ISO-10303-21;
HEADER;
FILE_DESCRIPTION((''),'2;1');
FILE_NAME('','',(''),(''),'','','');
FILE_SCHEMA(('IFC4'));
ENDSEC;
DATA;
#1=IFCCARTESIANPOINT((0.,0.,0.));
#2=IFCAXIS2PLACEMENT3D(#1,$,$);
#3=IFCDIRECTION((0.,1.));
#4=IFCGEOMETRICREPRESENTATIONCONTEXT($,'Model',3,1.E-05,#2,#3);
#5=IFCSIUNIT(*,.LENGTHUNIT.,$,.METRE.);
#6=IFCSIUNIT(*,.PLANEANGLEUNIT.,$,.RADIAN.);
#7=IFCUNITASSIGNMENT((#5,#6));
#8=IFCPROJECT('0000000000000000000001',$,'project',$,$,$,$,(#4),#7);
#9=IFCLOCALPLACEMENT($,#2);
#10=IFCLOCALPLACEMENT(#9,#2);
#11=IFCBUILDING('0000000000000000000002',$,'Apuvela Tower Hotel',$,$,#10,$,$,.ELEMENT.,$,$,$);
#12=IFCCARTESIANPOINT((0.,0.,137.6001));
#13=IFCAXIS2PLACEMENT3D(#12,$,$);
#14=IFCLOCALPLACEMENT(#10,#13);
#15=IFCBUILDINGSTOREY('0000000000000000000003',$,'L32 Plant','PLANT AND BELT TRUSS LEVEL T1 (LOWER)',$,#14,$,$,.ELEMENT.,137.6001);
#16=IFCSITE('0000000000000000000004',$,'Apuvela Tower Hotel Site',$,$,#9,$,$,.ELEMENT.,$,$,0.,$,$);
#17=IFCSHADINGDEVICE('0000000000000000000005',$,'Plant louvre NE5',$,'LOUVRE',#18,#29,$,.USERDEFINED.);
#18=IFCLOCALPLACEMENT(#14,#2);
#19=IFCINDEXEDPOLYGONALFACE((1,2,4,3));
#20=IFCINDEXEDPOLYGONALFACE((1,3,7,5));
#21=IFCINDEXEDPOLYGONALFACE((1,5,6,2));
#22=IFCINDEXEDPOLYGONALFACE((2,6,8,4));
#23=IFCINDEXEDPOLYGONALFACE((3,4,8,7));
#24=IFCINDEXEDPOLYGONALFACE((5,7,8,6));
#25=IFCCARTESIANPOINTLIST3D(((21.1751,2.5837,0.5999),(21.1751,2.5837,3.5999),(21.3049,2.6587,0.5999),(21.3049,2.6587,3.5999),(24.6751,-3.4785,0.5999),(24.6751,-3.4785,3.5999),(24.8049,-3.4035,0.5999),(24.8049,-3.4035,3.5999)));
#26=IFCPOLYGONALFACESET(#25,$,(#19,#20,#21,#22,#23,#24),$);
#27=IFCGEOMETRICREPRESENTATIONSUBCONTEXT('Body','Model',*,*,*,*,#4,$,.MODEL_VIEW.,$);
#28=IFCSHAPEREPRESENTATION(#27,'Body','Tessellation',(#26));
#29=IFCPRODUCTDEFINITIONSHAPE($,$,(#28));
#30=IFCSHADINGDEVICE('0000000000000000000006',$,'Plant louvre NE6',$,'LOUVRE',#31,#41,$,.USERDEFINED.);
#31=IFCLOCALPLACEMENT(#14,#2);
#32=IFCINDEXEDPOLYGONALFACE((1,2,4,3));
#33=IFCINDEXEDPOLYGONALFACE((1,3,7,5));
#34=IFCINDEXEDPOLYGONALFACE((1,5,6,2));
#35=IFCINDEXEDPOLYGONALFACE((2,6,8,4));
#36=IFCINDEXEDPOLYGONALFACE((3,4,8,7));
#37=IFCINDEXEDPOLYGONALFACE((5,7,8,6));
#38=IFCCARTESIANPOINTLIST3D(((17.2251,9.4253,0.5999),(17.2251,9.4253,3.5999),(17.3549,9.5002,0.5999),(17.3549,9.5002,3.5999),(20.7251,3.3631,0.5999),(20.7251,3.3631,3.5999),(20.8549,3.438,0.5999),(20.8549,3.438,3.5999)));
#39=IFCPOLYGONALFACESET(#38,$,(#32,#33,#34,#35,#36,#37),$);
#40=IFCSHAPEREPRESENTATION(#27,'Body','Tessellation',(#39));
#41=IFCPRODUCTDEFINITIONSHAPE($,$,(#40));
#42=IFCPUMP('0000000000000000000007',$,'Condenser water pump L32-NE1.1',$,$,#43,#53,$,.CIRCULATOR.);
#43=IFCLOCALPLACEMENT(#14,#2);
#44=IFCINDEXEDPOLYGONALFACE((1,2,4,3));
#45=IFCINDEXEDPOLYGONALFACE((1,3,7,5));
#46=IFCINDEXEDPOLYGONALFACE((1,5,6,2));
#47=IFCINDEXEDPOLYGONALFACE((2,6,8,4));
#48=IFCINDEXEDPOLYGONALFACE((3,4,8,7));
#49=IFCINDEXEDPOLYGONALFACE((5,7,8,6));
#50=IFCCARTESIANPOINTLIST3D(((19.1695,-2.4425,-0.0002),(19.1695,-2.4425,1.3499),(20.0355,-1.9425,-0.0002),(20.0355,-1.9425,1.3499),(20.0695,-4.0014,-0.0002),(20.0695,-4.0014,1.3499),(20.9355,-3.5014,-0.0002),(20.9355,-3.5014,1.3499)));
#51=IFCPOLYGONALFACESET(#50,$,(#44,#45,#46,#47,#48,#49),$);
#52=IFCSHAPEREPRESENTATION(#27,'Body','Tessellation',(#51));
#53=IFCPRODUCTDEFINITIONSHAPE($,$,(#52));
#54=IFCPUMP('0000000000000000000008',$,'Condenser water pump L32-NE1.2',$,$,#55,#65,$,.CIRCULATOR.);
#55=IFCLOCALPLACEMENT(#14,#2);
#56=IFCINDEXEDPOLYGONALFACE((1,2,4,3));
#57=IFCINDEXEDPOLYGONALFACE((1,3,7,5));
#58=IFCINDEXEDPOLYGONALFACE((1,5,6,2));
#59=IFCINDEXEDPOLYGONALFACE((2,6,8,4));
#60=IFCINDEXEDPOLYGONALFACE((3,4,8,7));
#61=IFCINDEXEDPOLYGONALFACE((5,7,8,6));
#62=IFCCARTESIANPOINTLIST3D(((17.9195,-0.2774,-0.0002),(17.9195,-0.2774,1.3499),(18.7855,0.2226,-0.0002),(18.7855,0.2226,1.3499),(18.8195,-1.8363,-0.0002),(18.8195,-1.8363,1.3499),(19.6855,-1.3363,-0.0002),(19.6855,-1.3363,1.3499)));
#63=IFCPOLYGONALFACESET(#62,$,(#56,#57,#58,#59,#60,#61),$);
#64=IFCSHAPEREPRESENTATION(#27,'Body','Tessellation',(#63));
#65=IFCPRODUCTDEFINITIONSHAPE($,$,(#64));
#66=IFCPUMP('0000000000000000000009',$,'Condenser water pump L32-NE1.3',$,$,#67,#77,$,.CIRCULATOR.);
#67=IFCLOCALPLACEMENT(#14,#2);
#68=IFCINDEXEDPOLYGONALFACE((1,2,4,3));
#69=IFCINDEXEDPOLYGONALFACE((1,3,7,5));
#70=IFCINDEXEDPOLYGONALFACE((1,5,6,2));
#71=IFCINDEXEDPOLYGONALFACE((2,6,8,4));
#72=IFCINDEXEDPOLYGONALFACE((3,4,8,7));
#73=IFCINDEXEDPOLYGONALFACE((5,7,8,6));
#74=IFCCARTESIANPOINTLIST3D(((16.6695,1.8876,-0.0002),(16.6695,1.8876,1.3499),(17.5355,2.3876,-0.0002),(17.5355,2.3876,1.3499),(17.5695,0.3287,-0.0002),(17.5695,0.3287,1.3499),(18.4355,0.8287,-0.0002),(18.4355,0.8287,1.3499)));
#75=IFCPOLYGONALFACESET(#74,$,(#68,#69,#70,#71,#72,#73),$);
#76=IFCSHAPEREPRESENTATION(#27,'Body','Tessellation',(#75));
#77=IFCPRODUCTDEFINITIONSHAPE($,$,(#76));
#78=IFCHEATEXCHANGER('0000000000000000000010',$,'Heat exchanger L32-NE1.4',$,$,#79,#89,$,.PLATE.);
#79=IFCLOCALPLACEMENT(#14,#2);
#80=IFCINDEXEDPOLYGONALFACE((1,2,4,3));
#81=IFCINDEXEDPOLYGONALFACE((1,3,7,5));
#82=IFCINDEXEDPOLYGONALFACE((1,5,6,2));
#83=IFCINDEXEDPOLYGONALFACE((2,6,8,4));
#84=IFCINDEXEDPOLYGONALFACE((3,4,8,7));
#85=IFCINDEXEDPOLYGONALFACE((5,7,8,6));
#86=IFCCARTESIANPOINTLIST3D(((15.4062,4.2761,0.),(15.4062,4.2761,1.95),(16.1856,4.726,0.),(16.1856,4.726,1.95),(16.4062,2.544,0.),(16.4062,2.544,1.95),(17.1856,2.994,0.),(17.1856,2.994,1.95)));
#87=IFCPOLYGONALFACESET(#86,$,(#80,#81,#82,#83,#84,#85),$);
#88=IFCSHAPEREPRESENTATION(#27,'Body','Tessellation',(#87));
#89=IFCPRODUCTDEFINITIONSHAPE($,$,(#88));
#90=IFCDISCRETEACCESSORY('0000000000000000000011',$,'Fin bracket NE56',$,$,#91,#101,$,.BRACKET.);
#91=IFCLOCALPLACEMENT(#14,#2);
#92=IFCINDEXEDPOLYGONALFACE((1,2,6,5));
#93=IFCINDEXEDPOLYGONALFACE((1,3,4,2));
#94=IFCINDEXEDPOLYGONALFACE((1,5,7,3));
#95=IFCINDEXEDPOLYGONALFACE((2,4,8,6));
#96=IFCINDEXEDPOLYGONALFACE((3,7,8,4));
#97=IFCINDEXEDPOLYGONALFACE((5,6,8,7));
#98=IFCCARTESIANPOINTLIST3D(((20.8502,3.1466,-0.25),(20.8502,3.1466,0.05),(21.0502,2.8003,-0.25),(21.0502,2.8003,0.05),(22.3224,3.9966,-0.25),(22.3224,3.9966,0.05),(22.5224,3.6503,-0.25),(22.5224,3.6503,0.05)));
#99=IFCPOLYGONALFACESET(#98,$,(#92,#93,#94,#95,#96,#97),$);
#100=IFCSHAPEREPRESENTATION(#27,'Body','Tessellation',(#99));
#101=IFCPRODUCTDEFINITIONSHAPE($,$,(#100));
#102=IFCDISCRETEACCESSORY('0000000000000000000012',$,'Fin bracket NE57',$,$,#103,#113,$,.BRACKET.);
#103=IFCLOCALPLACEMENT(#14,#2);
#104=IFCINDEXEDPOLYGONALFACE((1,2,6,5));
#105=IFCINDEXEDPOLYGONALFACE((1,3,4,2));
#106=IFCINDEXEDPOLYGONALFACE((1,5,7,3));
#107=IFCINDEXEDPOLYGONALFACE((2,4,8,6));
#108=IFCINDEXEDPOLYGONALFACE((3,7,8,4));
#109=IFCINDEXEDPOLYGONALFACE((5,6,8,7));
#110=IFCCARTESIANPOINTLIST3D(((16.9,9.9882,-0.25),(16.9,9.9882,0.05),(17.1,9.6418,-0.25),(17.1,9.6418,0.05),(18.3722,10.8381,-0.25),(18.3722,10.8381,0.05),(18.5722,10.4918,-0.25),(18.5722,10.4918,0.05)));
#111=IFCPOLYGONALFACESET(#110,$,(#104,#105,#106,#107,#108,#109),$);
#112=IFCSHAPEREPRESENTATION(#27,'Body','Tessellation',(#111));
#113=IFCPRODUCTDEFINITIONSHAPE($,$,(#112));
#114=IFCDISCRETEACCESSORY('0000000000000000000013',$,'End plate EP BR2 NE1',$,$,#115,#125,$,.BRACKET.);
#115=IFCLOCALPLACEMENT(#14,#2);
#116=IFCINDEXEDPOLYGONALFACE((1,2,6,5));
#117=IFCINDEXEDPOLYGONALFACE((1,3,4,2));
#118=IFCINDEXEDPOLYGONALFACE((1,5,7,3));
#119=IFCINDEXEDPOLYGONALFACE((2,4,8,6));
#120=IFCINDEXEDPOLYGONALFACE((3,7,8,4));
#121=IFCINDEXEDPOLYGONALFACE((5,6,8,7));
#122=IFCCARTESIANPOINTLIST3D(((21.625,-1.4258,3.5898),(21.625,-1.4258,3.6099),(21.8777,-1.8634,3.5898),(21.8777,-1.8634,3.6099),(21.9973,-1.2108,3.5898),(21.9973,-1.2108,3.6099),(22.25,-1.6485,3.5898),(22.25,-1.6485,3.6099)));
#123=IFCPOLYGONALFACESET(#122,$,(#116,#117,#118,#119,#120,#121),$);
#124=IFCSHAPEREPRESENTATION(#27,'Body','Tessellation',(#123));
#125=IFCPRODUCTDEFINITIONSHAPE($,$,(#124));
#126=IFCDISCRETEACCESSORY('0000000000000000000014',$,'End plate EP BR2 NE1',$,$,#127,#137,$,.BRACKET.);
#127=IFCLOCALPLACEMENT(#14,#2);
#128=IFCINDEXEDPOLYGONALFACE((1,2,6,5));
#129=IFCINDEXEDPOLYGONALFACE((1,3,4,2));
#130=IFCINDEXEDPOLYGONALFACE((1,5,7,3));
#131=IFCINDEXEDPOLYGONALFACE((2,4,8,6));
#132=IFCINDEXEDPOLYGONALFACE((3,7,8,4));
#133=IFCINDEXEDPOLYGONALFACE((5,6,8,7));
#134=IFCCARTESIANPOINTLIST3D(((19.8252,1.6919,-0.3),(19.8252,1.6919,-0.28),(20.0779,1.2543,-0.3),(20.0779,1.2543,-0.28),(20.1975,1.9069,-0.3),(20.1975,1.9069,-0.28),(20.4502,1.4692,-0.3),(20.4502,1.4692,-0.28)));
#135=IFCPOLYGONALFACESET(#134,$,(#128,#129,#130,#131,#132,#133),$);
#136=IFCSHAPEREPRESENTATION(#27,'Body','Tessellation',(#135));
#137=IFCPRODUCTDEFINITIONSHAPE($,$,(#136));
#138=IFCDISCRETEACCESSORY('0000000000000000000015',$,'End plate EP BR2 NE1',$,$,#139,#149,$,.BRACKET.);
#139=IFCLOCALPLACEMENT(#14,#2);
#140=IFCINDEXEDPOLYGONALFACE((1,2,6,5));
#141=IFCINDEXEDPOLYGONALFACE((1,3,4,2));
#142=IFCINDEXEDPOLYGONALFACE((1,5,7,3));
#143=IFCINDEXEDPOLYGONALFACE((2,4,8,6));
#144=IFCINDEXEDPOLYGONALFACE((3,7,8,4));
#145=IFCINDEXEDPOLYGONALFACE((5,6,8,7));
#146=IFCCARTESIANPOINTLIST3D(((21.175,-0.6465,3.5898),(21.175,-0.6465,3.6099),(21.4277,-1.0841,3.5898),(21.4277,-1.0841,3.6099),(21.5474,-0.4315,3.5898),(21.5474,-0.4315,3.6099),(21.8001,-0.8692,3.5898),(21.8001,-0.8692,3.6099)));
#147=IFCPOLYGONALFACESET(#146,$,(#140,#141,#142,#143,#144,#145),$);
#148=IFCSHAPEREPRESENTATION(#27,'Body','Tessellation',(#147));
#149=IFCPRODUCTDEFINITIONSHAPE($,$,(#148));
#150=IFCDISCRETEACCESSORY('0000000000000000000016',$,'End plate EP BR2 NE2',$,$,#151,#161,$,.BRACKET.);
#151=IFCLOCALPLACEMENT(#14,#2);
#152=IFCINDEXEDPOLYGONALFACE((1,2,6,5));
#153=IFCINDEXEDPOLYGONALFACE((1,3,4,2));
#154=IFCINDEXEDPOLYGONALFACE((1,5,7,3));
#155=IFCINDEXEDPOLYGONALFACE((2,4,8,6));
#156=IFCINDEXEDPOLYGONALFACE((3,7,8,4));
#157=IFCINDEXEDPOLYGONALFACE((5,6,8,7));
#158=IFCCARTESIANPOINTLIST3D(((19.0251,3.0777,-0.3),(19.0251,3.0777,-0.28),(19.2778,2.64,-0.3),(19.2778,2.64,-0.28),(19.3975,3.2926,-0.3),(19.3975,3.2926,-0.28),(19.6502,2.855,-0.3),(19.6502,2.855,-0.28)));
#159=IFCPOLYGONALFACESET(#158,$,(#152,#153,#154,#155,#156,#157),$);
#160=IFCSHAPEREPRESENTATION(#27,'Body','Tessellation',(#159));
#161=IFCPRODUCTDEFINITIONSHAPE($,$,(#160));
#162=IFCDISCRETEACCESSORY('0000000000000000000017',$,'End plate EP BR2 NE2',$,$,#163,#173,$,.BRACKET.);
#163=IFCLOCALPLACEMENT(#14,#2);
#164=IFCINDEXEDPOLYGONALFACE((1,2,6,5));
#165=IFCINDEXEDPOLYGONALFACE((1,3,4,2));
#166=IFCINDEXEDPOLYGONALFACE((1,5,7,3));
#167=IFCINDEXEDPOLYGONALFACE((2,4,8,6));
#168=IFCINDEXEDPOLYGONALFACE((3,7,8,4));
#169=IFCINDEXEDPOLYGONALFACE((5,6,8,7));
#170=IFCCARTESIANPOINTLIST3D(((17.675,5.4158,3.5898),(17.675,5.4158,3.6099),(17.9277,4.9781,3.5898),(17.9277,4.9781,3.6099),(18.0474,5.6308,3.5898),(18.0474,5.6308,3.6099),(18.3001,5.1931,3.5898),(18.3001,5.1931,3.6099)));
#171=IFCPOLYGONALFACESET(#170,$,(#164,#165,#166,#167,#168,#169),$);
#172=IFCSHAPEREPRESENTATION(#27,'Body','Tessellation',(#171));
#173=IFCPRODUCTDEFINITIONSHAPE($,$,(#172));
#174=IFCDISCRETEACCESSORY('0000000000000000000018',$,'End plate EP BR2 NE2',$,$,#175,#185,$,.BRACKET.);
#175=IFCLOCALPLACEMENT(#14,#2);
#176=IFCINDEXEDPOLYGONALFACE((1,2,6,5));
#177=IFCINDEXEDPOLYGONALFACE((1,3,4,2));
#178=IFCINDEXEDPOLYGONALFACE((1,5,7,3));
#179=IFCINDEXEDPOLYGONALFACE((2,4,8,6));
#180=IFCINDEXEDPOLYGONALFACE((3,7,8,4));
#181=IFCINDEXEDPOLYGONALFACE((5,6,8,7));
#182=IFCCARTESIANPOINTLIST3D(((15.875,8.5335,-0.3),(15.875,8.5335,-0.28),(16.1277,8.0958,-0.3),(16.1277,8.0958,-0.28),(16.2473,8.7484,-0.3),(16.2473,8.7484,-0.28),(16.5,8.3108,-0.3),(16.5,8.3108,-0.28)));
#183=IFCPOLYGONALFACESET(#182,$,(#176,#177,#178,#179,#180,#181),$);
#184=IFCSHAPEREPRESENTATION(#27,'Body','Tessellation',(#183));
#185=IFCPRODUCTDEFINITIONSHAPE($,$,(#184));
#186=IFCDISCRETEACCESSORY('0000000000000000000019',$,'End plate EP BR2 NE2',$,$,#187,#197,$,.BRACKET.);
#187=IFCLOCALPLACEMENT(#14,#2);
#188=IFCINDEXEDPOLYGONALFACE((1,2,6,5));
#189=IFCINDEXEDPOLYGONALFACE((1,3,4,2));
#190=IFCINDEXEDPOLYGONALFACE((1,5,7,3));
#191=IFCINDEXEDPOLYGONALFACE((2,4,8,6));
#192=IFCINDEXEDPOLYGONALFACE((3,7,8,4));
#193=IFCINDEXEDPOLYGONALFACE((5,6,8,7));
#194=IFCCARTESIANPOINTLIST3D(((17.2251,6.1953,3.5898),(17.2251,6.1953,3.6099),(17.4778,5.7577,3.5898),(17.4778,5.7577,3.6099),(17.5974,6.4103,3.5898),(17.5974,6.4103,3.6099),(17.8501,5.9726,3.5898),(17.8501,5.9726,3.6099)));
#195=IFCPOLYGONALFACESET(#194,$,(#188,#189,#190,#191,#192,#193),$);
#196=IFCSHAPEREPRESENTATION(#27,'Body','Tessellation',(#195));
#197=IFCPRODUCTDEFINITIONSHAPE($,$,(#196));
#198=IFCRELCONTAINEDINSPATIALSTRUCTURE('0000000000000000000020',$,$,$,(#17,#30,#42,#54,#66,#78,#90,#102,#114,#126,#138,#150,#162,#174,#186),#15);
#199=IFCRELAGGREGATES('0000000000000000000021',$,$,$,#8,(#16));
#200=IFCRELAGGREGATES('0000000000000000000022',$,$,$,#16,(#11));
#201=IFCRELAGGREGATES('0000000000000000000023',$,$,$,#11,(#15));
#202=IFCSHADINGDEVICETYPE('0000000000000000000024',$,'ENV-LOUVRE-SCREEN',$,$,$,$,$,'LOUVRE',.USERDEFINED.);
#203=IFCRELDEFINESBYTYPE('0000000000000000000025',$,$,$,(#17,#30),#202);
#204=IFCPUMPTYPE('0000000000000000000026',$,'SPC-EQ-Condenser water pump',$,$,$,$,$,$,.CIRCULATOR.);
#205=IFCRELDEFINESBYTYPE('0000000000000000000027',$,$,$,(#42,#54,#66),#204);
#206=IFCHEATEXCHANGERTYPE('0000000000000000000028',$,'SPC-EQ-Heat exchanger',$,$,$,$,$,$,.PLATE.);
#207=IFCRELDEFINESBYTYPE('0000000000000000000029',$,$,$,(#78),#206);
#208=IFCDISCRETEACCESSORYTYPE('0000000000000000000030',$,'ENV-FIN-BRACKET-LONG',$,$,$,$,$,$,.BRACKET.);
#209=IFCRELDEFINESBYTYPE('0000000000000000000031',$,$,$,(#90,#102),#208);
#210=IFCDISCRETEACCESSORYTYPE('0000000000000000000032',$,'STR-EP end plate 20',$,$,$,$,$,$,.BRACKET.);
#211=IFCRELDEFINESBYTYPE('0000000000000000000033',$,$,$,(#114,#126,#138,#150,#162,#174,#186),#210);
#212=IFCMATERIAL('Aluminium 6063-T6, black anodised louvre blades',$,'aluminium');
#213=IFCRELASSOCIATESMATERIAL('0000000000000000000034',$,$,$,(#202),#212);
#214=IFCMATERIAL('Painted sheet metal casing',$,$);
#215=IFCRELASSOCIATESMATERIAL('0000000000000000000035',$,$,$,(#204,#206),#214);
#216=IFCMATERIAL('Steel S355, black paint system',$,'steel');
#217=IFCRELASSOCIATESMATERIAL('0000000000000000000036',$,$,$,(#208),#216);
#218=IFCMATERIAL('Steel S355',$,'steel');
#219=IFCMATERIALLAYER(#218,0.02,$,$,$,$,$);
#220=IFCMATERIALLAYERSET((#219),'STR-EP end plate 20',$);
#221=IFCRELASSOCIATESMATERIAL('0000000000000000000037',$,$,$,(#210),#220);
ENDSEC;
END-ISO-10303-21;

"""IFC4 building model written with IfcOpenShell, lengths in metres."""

from ifc_helpers import new_model, si_unit, direction, frame, origin, origin_2d, place, context, subcontext, project, spatial, rectangle, extrude, material, layer, layer_set, type_object, element, save


model = new_model("IFC4")

# Units and contexts
model_context = context("Model", 3, precision=1e-05, world=origin(), true_north=direction((0.0, 1.0)))
body_context = subcontext(model_context, "Body", "Model", "MODEL_VIEW")
ifc_project = project(units=[si_unit("LENGTHUNIT", "METRE"), si_unit("PLANEANGLEUNIT", "RADIAN")], contexts=[model_context])

# Site, building, storey
site_placement = place(None, origin())
site = spatial("IfcSite", under=ifc_project, at=site_placement, Name="Apuvela Tower Hotel Site", CompositionType="ELEMENT", RefElevation=0.0)
building_placement = place(site_placement, origin())
building = spatial("IfcBuilding", under=site, at=building_placement, Name="Apuvela Tower Hotel", CompositionType="ELEMENT")
storey_placement = place(building_placement, frame((0.0, 0.0, 137.6001)))
storey = spatial("IfcBuildingStorey", under=building, at=storey_placement, Name="L32 Plant", Description="PLANT AND BELT TRUSS LEVEL T1 (LOWER)", CompositionType="ELEMENT", Elevation=137.6001)

# Shared definitions
ifc_material_1 = material(Name="Steel S355", Category="steel")

# Shading devices
ifc_material_2 = material(Name="Aluminium 6063-T6, black anodised louvre blades", Category="aluminium")
shading_device_type = type_object("IfcShadingDeviceType", Name="ENV-LOUVRE-SCREEN", ElementType="LOUVRE", PredefinedType="USERDEFINED", material=ifc_material_2)
for number, where, z_axis, x_axis, name in (
    (1, (22.99, -0.4099, 0.5999), (0.0, 0.0, 1.0), (-0.5, 0.866025, 0.0), "Plant louvre NE5"),
    (2, (19.04, 6.4316, 0.5999), (0.0, 0.0, 1.0), (-0.5, 0.866025, 0.0), "Plant louvre NE6"),
):
    element("IfcShadingDevice", number, at=place(storey_placement, frame(where, z_axis=z_axis, x_axis=x_axis)), inside=storey, type_object=shading_device_type, Name=name, ObjectType="LOUVRE", PredefinedType="USERDEFINED", context=body_context, shape_type="SweptSolid", body=[
        extrude(rectangle(XDim=7.0, YDim=0.1499, at=origin_2d()), origin(), (0.0, 0.0, 1.0), 3.0),
    ])

# Pumps
ifc_material_3 = material(Name="Painted sheet metal casing")
pump_type = type_object("IfcPumpType", Name="SPC-EQ-Condenser water pump", PredefinedType="CIRCULATOR", material=ifc_material_3)
for number, where, z_axis, x_axis, name in (
    (3, (20.0525, -2.9719, -0.0002), (0.0, 0.0, 1.0), (-0.5, 0.866025, 0.0), "Condenser water pump L32-NE1.1"),
    (4, (18.8025, -0.8069, -0.0002), (0.0, 0.0, 1.0), (-0.5, 0.866025, 0.0), "Condenser water pump L32-NE1.2"),
    (5, (17.5525, 1.3582, -0.0002), (0.0, 0.0, 1.0), (-0.5, 0.866025, 0.0), "Condenser water pump L32-NE1.3"),
):
    element("IfcPump", number, at=place(storey_placement, frame(where, z_axis=z_axis, x_axis=x_axis)), inside=storey, type_object=pump_type, Name=name, PredefinedType="CIRCULATOR", context=body_context, shape_type="SweptSolid", body=[
        extrude(rectangle(XDim=1.8, YDim=1.0, at=origin_2d()), origin(), (0.0, 0.0, 1.0), 1.3501),
    ])

# Heat exchanger
heat_exchanger_type = type_object("IfcHeatExchangerType", Name="SPC-EQ-Heat exchanger", PredefinedType="PLATE", material=ifc_material_3)
heat_exchanger_placement = place(storey_placement, frame((16.2959, 3.635, 0.0), z_axis=(0.0, 0.0, 1.0), x_axis=(-0.5, 0.866025, 0.0)))
element("IfcHeatExchanger", 6, at=heat_exchanger_placement, inside=storey, type_object=heat_exchanger_type, Name="Heat exchanger L32-NE1.4", PredefinedType="PLATE", context=body_context, shape_type="SweptSolid", body=[
    extrude(rectangle(XDim=2.0, YDim=0.8999, at=origin_2d()), origin(), (0.0, 0.0, 1.0), 1.95),
])

# Discrete accessories
ifc_material_4 = material(Name="Steel S355, black paint system", Category="steel")
discrete_accessory_type_1 = type_object("IfcDiscreteAccessoryType", Name="ENV-FIN-BRACKET-LONG", PredefinedType="BRACKET", material=ifc_material_4)
for number, where, z_axis, x_axis, name in (
    (7, (21.6863, 3.3984, -0.25), (0.0, 0.0, 1.0), (-0.5, 0.866025, 0.0), "Fin bracket NE56"),
    (8, (17.7361, 10.24, -0.25), (0.0, 0.0, 1.0), (-0.5, 0.866025, 0.0), "Fin bracket NE57"),
):
    element("IfcDiscreteAccessory", number, at=place(storey_placement, frame(where, z_axis=z_axis, x_axis=x_axis)), inside=storey, type_object=discrete_accessory_type_1, Name=name, PredefinedType="BRACKET", context=body_context, shape_type="SweptSolid", body=[
        extrude(rectangle(XDim=0.3999, YDim=1.7, at=origin_2d()), origin(), (0.0, 0.0, 1.0), 0.3),
    ])
ifc_layer = layer(ifc_material_1, 0.02)
ifc_layer_set = layer_set([ifc_layer], Name="STR-EP end plate 20")
discrete_accessory_type_2 = type_object("IfcDiscreteAccessoryType", Name="STR-EP end plate 20", PredefinedType="BRACKET", material=ifc_layer_set)
for number, where, z_axis, x_axis, name in (
    (9, (21.9375, -1.5371, 3.5898), (0.0, 0.0, 1.0), (-0.5, 0.866025, 0.0), "End plate EP BR2 NE1"),
    (10, (20.1377, 1.5806, -0.3), (0.0, 0.0, 1.0), (0.5, -0.866025, 0.0), "End plate EP BR2 NE1"),
    (11, (21.4875, -0.7578, 3.5898), (0.0, 0.0, 1.0), (0.5, -0.866025, 0.0), "End plate EP BR2 NE1"),
    (12, (19.3376, 2.9663, -0.3), (0.0, 0.0, 1.0), (-0.5, 0.866025, 0.0), "End plate EP BR2 NE2"),
    (13, (17.9875, 5.3044, 3.5898), (0.0, 0.0, 1.0), (-0.5, 0.866025, 0.0), "End plate EP BR2 NE2"),
    (14, (16.1875, 8.4221, -0.3), (0.0, 0.0, 1.0), (0.5, -0.866025, 0.0), "End plate EP BR2 NE2"),
    (15, (17.5376, 6.084, 3.5898), (0.0, 0.0, 1.0), (0.5, -0.866025, 0.0), "End plate EP BR2 NE2"),
):
    element("IfcDiscreteAccessory", number, at=place(storey_placement, frame(where, z_axis=z_axis, x_axis=x_axis)), inside=storey, type_object=discrete_accessory_type_2, Name=name, PredefinedType="BRACKET", context=body_context, shape_type="SweptSolid", body=[
        extrude(rectangle(XDim=0.5054, YDim=0.4299, at=origin_2d()), origin(), (0.0, 0.0, 1.0), 0.02),
    ])

save(model, "model.ifc")
